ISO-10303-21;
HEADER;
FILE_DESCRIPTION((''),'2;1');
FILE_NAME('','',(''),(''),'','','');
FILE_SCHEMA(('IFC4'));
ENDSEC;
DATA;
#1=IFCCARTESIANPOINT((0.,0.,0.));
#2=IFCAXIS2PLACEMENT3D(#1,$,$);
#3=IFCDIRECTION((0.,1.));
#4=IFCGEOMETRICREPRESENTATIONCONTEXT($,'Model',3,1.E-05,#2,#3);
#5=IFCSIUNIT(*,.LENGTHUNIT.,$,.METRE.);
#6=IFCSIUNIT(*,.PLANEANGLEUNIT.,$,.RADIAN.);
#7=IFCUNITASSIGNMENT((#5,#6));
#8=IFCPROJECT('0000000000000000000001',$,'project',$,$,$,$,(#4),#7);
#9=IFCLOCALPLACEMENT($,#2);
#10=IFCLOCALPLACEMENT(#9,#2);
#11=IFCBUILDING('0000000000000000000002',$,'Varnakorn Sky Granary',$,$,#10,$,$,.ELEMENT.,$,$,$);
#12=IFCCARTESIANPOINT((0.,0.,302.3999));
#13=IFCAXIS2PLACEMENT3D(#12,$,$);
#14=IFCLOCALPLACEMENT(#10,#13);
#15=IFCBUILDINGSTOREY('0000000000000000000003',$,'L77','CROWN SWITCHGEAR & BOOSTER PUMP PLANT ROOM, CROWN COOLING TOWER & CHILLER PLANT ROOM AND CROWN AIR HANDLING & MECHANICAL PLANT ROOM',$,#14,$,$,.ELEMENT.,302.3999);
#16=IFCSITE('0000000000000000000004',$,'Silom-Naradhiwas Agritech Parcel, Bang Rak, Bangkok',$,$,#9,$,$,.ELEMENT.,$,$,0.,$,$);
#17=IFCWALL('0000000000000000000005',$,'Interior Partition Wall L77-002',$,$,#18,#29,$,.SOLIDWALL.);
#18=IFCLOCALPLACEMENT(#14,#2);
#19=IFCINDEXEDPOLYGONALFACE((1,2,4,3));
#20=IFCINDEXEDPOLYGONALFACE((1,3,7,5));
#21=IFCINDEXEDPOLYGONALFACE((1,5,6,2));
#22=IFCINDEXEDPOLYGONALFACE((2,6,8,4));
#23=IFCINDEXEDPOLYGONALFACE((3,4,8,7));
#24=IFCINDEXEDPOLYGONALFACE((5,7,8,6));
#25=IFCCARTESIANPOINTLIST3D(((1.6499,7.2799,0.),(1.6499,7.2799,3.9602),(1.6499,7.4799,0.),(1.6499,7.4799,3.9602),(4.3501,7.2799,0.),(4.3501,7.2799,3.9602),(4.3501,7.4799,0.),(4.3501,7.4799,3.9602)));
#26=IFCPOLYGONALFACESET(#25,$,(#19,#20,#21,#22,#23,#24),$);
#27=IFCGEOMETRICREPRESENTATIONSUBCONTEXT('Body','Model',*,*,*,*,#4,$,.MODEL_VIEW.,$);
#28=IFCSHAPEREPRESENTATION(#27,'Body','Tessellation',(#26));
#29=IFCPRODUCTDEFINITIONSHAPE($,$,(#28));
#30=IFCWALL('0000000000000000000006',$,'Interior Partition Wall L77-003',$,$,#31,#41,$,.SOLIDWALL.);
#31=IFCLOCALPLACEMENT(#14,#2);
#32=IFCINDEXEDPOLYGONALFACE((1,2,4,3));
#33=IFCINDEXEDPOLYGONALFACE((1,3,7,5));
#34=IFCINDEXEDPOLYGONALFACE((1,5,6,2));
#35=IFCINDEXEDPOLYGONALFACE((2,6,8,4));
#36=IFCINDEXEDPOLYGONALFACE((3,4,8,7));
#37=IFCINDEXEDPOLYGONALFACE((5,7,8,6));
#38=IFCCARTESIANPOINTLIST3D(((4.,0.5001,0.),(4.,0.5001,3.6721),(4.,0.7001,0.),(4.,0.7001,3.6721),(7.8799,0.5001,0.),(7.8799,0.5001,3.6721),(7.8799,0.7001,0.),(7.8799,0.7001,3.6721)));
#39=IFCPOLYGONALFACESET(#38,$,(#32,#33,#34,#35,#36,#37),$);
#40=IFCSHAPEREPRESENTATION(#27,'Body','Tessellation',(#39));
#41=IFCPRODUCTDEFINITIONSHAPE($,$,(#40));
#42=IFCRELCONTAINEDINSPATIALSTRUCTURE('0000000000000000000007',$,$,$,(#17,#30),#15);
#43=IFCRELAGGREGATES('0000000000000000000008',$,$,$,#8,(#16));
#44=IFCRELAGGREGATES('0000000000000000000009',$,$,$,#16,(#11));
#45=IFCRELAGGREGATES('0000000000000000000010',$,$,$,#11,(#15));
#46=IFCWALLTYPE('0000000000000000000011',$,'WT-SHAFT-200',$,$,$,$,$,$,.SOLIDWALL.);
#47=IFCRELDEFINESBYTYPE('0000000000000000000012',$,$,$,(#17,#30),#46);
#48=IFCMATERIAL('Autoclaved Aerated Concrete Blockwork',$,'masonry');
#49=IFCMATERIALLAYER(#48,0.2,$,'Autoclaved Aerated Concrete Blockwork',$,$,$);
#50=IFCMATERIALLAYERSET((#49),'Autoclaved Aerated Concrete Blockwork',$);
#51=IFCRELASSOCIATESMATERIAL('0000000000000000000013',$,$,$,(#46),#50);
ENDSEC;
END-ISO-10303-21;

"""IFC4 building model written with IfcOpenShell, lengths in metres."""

from ifc_helpers import new_model, si_unit, direction, frame, frame_2d, origin, place, context, subcontext, project, spatial, rectangle, extrude, material, layer, layer_set, type_object, element, save


model = new_model("IFC4")

# Units and contexts
model_context = context("Model", 3, precision=1e-05, world=origin(), true_north=direction((0.0, 1.0)))
body_context = subcontext(model_context, "Body", "Model", "MODEL_VIEW")
ifc_project = project(units=[si_unit("LENGTHUNIT", "METRE"), si_unit("PLANEANGLEUNIT", "RADIAN")], contexts=[model_context])

# Site, building, storey
site_placement = place(None, origin())
site = spatial("IfcSite", under=ifc_project, at=site_placement, Name="Silom-Naradhiwas Agritech Parcel, Bang Rak, Bangkok", CompositionType="ELEMENT", RefElevation=0.0)
building_placement = place(site_placement, origin())
building = spatial("IfcBuilding", under=site, at=building_placement, Name="Varnakorn Sky Granary", CompositionType="ELEMENT")
storey_placement = place(building_placement, frame((0.0, 0.0, 302.3999)))
storey = spatial("IfcBuildingStorey", under=building, at=storey_placement, Name="L77", Description="CROWN SWITCHGEAR & BOOSTER PUMP PLANT ROOM, CROWN COOLING TOWER & CHILLER PLANT ROOM AND CROWN AIR HANDLING & MECHANICAL PLANT ROOM", CompositionType="ELEMENT", Elevation=302.3999)

# Shared definitions
ifc_material_1 = material(Name="Autoclaved Aerated Concrete Blockwork", Category="masonry")

# Walls
ifc_layer_1 = layer(ifc_material_1, 0.2, Name="Autoclaved Aerated Concrete Blockwork")
ifc_layer_set_1 = layer_set([ifc_layer_1], Name="Autoclaved Aerated Concrete Blockwork")
wall_type_1 = type_object("IfcWallType", Name="WT-SHAFT-200", PredefinedType="SOLIDWALL", material=ifc_layer_set_1)
wall_1_placement = place(storey_placement, frame((1.6499, 7.3799, 0.0), z_axis=(0.0, 0.0, 1.0), x_axis=(1.0, 0.0, 0.0)))
element("IfcWall", 1, at=wall_1_placement, inside=storey, type_object=wall_type_1, Name="Interior Partition Wall L77-002", PredefinedType="SOLIDWALL", context=body_context, shape_type="SweptSolid", body=[
    extrude(rectangle(XDim=2.7002, YDim=0.2, at=frame_2d((1.3501, 0.0))), origin(), (0.0, 0.0, 1.0), 3.9602),
])
wall_2_placement = place(storey_placement, frame((4.0, 0.6001, 0.0), z_axis=(0.0, 0.0, 1.0), x_axis=(1.0, 0.0, 0.0)))
element("IfcWall", 2, at=wall_2_placement, inside=storey, type_object=wall_type_1, Name="Interior Partition Wall L77-003", PredefinedType="SOLIDWALL", context=body_context, shape_type="SweptSolid", body=[
    extrude(rectangle(XDim=3.8799, YDim=0.2, at=frame_2d((1.9399, 0.0))), origin(), (0.0, 0.0, 1.0), 3.6721),
])

save(model, "model.ifc")
